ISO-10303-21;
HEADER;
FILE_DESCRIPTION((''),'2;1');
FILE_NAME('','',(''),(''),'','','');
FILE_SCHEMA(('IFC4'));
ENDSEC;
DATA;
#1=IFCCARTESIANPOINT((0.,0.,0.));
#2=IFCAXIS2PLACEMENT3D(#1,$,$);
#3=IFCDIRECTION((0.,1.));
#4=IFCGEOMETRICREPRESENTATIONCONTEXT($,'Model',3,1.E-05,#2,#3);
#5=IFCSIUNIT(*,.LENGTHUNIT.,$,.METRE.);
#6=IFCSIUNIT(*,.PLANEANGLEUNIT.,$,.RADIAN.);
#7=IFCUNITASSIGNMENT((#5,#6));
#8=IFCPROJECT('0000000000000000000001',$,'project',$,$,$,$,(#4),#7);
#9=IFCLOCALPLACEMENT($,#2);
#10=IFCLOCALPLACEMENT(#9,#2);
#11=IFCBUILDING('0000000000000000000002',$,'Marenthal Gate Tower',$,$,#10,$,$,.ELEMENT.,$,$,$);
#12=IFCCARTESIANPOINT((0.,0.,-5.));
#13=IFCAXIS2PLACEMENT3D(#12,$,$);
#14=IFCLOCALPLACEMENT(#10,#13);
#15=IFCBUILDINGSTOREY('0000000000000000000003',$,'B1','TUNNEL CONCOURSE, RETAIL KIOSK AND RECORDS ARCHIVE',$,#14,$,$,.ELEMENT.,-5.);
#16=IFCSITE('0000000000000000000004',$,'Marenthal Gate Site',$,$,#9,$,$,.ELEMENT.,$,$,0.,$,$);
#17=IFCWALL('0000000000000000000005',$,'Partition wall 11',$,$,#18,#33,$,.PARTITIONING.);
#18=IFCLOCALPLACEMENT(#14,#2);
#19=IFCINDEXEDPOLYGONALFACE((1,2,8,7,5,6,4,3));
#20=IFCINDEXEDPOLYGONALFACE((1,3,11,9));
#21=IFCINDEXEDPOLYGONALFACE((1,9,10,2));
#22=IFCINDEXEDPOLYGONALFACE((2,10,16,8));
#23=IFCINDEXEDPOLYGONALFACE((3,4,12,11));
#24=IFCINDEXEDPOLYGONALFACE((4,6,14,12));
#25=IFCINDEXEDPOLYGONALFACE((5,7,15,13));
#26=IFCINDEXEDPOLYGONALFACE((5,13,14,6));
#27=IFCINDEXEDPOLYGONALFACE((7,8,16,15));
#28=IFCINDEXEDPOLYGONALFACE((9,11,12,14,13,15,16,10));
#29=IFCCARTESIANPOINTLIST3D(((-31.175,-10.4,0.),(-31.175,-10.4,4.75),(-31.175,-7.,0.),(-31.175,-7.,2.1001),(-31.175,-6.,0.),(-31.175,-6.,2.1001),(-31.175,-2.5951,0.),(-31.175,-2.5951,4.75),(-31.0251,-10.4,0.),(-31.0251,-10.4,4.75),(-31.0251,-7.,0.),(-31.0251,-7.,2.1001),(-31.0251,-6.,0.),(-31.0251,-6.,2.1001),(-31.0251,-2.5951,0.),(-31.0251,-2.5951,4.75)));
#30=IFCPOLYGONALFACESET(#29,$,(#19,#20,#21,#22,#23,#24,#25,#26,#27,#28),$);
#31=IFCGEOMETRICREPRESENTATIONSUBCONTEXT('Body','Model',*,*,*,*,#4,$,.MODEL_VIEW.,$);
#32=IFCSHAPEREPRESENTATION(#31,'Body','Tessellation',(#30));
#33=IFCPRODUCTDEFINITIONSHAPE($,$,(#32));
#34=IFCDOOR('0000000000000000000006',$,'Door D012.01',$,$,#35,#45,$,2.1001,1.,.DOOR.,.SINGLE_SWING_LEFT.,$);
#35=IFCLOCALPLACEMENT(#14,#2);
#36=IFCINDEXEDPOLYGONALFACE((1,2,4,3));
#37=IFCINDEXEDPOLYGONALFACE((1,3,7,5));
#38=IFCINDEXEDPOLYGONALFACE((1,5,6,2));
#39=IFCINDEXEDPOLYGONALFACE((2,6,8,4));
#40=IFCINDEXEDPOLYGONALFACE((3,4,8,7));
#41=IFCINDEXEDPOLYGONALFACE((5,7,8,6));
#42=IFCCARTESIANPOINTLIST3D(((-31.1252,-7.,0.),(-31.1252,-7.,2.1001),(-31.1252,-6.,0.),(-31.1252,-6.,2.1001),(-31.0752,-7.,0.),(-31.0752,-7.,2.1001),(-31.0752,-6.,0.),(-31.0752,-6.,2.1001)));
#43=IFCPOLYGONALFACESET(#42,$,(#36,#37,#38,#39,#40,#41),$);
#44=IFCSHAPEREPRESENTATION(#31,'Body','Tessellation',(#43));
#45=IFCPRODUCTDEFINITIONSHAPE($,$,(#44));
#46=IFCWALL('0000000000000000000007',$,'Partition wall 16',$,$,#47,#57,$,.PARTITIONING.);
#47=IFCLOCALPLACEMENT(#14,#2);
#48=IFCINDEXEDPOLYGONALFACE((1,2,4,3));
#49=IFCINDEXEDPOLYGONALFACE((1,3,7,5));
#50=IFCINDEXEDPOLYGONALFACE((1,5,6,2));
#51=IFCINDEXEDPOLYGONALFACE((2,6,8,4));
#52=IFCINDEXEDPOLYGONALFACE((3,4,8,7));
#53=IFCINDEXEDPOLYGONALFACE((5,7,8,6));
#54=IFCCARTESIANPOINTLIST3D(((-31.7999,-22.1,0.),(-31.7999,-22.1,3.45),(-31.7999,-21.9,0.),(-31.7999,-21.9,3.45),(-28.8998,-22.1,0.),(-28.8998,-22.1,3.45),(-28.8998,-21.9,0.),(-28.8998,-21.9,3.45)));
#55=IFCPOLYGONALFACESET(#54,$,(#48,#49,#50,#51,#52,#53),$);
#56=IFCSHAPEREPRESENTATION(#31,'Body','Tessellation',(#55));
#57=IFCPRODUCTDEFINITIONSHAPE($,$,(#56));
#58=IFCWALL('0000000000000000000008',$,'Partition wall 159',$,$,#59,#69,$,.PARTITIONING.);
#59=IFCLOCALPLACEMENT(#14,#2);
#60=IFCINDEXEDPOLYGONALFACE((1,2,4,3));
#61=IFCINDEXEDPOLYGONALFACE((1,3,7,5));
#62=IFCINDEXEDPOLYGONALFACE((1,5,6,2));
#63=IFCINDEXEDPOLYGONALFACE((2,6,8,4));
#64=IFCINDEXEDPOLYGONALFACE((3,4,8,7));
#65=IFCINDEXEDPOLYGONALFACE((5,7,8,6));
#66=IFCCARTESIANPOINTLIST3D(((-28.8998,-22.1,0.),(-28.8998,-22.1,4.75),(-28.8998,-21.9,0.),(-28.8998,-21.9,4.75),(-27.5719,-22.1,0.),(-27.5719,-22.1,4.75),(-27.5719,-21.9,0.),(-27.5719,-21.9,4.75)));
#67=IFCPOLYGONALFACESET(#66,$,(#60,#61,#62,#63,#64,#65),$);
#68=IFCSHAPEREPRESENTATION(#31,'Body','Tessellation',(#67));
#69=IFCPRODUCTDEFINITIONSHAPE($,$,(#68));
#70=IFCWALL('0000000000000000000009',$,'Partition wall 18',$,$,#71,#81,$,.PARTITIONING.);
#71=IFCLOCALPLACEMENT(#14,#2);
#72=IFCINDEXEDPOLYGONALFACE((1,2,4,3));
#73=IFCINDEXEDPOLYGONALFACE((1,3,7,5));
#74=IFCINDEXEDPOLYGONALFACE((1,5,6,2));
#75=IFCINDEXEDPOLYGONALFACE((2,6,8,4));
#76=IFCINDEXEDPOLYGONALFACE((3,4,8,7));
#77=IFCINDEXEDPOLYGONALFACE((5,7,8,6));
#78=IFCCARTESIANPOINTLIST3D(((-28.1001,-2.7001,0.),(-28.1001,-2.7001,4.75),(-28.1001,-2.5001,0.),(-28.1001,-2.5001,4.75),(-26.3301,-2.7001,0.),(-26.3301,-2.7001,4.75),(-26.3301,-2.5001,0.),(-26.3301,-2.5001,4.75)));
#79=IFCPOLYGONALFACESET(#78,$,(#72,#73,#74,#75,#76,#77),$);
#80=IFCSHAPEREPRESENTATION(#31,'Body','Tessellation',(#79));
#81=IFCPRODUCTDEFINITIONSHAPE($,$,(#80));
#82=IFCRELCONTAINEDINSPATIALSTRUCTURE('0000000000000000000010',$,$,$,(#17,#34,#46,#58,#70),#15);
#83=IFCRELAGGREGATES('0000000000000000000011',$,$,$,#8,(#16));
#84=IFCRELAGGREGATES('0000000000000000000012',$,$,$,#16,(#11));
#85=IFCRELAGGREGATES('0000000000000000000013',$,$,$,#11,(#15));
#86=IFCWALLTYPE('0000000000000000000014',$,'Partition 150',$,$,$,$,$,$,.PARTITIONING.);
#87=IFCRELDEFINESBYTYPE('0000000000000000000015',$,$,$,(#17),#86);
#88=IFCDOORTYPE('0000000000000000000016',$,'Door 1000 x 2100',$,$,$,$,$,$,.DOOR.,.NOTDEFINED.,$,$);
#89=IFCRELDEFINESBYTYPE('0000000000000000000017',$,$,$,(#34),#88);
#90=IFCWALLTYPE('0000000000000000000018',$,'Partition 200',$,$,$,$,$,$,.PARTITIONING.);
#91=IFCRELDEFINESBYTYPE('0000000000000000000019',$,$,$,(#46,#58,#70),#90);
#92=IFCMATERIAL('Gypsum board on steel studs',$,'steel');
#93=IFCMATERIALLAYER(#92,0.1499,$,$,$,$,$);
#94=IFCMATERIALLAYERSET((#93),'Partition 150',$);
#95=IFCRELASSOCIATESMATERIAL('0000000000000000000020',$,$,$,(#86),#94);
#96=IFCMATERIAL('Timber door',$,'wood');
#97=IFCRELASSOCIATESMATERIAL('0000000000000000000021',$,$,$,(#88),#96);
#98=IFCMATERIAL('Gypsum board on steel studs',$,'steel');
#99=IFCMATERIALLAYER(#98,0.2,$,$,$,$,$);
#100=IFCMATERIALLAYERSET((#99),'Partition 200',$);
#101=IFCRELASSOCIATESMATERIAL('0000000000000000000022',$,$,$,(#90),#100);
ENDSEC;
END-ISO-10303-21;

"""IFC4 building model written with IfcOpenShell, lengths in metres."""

from ifc_helpers import new_model, si_unit, direction, frame, frame_2d, origin, place, context, subcontext, project, spatial, rectangle, extrude, material, layer, layer_set, type_object, element, fill, save


model = new_model("IFC4")

# Units and contexts
model_context = context("Model", 3, precision=1e-05, world=origin(), true_north=direction((0.0, 1.0)))
body_context = subcontext(model_context, "Body", "Model", "MODEL_VIEW")
ifc_project = project(units=[si_unit("LENGTHUNIT", "METRE"), si_unit("PLANEANGLEUNIT", "RADIAN")], contexts=[model_context])

# Site, building, storey
site_placement = place(None, origin())
site = spatial("IfcSite", under=ifc_project, at=site_placement, Name="Marenthal Gate Site", CompositionType="ELEMENT", RefElevation=0.0)
building_placement = place(site_placement, origin())
building = spatial("IfcBuilding", under=site, at=building_placement, Name="Marenthal Gate Tower", CompositionType="ELEMENT")
storey_placement = place(building_placement, frame((0.0, 0.0, -5.0)))
storey = spatial("IfcBuildingStorey", under=building, at=storey_placement, Name="B1", Description="TUNNEL CONCOURSE, RETAIL KIOSK AND RECORDS ARCHIVE", CompositionType="ELEMENT", Elevation=-5.0)

# Shared definitions
ifc_material_1 = material(Name="Gypsum board on steel studs", Category="steel")
ifc_layer_1 = layer(ifc_material_1, 0.1499)
ifc_layer_set_1 = layer_set([ifc_layer_1], Name="Partition 150")
wall_type_1 = type_object("IfcWallType", Name="Partition 150", PredefinedType="PARTITIONING", material=ifc_layer_set_1)

# Wall, opening, door
wall_1_placement = place(storey_placement, frame((-31.1001, -10.3999, 0.0), z_axis=(0.0, 0.0, 1.0), x_axis=(0.0, 1.0, 0.0)))
wall_1 = element("IfcWall", 1, at=wall_1_placement, inside=storey, type_object=wall_type_1, Name="Partition wall 11", PredefinedType="PARTITIONING", context=body_context, shape_type="SweptSolid", body=[
    extrude(rectangle(XDim=7.8049, YDim=0.1499, at=frame_2d((3.9023, 0.0))), origin(), (0.0, 0.0, 1.0), 4.75),
])
opening_1_placement = place(wall_1_placement, frame((3.3999, 0.0, 0.0)))
opening_1 = element("IfcOpeningElement", 2, at=opening_1_placement, cuts=wall_1, PredefinedType="OPENING", context=body_context, shape_type="SweptSolid", body=[
    extrude(rectangle(XDim=1.0, YDim=2.1001, at=frame_2d((0.5, 1.05))), frame((0.0, 0.085, 0.0), z_axis=(0.0, -1.0, 0.0), x_axis=(1.0, 0.0, 0.0)), (0.0, 0.0, 1.0), 0.1699),
])
ifc_material_2 = material(Name="Timber door", Category="wood")
door_type_1 = type_object("IfcDoorType", Name="Door 1000 x 2100", OperationType="NOTDEFINED", PredefinedType="DOOR", material=ifc_material_2)
door_1_placement = place(opening_1_placement, frame((1.0, 0.0, 0.0), z_axis=(0.0, 0.0, 1.0), x_axis=(-1.0, 0.0, 0.0)))
door_1 = element("IfcDoor", 3, at=door_1_placement, inside=storey, type_object=door_type_1, Name="Door D012.01", OperationType="SINGLE_SWING_LEFT", OverallHeight=2.1001, OverallWidth=1.0, PredefinedType="DOOR", context=body_context, shape_type="SweptSolid", body=[
    extrude(rectangle(XDim=1.0, YDim=2.1001, at=frame_2d((0.5, 1.05))), frame((0.0, 0.0249, 0.0), z_axis=(0.0, -1.0, 0.0), x_axis=(1.0, 0.0, 0.0)), (0.0, 0.0, 1.0), 0.05),
])
fill(opening_1, door_1)

# Walls
ifc_material_3 = material(Name="Gypsum board on steel studs", Category="steel")
ifc_layer_2 = layer(ifc_material_3, 0.2)
ifc_layer_set_2 = layer_set([ifc_layer_2], Name="Partition 200")
wall_type_2 = type_object("IfcWallType", Name="Partition 200", PredefinedType="PARTITIONING", material=ifc_layer_set_2)
wall_2_placement = place(storey_placement, frame((-31.8, -22.0, 0.0), z_axis=(0.0, 0.0, 1.0), x_axis=(1.0, 0.0, 0.0)))
element("IfcWall", 4, at=wall_2_placement, inside=storey, type_object=wall_type_2, Name="Partition wall 16", PredefinedType="PARTITIONING", context=body_context, shape_type="SweptSolid", body=[
    extrude(rectangle(XDim=2.9001, YDim=0.2, at=frame_2d((1.4502, 0.0))), origin(), (0.0, 0.0, 1.0), 3.45),
])
wall_3_placement = place(storey_placement, frame((-28.8999, -22.0, 0.0), z_axis=(0.0, 0.0, 1.0), x_axis=(1.0, 0.0, 0.0)))
element("IfcWall", 5, at=wall_3_placement, inside=storey, type_object=wall_type_2, Name="Partition wall 159", PredefinedType="PARTITIONING", context=body_context, shape_type="SweptSolid", body=[
    extrude(rectangle(XDim=1.3279, YDim=0.2, at=frame_2d((0.6641, 0.0))), origin(), (0.0, 0.0, 1.0), 4.75),
])
wall_4_placement = place(storey_placement, frame((-28.1001, -2.6001, 0.0), z_axis=(0.0, 0.0, 1.0), x_axis=(1.0, 0.0, 0.0)))
element("IfcWall", 6, at=wall_4_placement, inside=storey, type_object=wall_type_2, Name="Partition wall 18", PredefinedType="PARTITIONING", context=body_context, shape_type="SweptSolid", body=[
    extrude(rectangle(XDim=1.77, YDim=0.2, at=frame_2d((0.885, 0.0))), origin(), (0.0, 0.0, 1.0), 4.75),
])

save(model, "model.ifc")
